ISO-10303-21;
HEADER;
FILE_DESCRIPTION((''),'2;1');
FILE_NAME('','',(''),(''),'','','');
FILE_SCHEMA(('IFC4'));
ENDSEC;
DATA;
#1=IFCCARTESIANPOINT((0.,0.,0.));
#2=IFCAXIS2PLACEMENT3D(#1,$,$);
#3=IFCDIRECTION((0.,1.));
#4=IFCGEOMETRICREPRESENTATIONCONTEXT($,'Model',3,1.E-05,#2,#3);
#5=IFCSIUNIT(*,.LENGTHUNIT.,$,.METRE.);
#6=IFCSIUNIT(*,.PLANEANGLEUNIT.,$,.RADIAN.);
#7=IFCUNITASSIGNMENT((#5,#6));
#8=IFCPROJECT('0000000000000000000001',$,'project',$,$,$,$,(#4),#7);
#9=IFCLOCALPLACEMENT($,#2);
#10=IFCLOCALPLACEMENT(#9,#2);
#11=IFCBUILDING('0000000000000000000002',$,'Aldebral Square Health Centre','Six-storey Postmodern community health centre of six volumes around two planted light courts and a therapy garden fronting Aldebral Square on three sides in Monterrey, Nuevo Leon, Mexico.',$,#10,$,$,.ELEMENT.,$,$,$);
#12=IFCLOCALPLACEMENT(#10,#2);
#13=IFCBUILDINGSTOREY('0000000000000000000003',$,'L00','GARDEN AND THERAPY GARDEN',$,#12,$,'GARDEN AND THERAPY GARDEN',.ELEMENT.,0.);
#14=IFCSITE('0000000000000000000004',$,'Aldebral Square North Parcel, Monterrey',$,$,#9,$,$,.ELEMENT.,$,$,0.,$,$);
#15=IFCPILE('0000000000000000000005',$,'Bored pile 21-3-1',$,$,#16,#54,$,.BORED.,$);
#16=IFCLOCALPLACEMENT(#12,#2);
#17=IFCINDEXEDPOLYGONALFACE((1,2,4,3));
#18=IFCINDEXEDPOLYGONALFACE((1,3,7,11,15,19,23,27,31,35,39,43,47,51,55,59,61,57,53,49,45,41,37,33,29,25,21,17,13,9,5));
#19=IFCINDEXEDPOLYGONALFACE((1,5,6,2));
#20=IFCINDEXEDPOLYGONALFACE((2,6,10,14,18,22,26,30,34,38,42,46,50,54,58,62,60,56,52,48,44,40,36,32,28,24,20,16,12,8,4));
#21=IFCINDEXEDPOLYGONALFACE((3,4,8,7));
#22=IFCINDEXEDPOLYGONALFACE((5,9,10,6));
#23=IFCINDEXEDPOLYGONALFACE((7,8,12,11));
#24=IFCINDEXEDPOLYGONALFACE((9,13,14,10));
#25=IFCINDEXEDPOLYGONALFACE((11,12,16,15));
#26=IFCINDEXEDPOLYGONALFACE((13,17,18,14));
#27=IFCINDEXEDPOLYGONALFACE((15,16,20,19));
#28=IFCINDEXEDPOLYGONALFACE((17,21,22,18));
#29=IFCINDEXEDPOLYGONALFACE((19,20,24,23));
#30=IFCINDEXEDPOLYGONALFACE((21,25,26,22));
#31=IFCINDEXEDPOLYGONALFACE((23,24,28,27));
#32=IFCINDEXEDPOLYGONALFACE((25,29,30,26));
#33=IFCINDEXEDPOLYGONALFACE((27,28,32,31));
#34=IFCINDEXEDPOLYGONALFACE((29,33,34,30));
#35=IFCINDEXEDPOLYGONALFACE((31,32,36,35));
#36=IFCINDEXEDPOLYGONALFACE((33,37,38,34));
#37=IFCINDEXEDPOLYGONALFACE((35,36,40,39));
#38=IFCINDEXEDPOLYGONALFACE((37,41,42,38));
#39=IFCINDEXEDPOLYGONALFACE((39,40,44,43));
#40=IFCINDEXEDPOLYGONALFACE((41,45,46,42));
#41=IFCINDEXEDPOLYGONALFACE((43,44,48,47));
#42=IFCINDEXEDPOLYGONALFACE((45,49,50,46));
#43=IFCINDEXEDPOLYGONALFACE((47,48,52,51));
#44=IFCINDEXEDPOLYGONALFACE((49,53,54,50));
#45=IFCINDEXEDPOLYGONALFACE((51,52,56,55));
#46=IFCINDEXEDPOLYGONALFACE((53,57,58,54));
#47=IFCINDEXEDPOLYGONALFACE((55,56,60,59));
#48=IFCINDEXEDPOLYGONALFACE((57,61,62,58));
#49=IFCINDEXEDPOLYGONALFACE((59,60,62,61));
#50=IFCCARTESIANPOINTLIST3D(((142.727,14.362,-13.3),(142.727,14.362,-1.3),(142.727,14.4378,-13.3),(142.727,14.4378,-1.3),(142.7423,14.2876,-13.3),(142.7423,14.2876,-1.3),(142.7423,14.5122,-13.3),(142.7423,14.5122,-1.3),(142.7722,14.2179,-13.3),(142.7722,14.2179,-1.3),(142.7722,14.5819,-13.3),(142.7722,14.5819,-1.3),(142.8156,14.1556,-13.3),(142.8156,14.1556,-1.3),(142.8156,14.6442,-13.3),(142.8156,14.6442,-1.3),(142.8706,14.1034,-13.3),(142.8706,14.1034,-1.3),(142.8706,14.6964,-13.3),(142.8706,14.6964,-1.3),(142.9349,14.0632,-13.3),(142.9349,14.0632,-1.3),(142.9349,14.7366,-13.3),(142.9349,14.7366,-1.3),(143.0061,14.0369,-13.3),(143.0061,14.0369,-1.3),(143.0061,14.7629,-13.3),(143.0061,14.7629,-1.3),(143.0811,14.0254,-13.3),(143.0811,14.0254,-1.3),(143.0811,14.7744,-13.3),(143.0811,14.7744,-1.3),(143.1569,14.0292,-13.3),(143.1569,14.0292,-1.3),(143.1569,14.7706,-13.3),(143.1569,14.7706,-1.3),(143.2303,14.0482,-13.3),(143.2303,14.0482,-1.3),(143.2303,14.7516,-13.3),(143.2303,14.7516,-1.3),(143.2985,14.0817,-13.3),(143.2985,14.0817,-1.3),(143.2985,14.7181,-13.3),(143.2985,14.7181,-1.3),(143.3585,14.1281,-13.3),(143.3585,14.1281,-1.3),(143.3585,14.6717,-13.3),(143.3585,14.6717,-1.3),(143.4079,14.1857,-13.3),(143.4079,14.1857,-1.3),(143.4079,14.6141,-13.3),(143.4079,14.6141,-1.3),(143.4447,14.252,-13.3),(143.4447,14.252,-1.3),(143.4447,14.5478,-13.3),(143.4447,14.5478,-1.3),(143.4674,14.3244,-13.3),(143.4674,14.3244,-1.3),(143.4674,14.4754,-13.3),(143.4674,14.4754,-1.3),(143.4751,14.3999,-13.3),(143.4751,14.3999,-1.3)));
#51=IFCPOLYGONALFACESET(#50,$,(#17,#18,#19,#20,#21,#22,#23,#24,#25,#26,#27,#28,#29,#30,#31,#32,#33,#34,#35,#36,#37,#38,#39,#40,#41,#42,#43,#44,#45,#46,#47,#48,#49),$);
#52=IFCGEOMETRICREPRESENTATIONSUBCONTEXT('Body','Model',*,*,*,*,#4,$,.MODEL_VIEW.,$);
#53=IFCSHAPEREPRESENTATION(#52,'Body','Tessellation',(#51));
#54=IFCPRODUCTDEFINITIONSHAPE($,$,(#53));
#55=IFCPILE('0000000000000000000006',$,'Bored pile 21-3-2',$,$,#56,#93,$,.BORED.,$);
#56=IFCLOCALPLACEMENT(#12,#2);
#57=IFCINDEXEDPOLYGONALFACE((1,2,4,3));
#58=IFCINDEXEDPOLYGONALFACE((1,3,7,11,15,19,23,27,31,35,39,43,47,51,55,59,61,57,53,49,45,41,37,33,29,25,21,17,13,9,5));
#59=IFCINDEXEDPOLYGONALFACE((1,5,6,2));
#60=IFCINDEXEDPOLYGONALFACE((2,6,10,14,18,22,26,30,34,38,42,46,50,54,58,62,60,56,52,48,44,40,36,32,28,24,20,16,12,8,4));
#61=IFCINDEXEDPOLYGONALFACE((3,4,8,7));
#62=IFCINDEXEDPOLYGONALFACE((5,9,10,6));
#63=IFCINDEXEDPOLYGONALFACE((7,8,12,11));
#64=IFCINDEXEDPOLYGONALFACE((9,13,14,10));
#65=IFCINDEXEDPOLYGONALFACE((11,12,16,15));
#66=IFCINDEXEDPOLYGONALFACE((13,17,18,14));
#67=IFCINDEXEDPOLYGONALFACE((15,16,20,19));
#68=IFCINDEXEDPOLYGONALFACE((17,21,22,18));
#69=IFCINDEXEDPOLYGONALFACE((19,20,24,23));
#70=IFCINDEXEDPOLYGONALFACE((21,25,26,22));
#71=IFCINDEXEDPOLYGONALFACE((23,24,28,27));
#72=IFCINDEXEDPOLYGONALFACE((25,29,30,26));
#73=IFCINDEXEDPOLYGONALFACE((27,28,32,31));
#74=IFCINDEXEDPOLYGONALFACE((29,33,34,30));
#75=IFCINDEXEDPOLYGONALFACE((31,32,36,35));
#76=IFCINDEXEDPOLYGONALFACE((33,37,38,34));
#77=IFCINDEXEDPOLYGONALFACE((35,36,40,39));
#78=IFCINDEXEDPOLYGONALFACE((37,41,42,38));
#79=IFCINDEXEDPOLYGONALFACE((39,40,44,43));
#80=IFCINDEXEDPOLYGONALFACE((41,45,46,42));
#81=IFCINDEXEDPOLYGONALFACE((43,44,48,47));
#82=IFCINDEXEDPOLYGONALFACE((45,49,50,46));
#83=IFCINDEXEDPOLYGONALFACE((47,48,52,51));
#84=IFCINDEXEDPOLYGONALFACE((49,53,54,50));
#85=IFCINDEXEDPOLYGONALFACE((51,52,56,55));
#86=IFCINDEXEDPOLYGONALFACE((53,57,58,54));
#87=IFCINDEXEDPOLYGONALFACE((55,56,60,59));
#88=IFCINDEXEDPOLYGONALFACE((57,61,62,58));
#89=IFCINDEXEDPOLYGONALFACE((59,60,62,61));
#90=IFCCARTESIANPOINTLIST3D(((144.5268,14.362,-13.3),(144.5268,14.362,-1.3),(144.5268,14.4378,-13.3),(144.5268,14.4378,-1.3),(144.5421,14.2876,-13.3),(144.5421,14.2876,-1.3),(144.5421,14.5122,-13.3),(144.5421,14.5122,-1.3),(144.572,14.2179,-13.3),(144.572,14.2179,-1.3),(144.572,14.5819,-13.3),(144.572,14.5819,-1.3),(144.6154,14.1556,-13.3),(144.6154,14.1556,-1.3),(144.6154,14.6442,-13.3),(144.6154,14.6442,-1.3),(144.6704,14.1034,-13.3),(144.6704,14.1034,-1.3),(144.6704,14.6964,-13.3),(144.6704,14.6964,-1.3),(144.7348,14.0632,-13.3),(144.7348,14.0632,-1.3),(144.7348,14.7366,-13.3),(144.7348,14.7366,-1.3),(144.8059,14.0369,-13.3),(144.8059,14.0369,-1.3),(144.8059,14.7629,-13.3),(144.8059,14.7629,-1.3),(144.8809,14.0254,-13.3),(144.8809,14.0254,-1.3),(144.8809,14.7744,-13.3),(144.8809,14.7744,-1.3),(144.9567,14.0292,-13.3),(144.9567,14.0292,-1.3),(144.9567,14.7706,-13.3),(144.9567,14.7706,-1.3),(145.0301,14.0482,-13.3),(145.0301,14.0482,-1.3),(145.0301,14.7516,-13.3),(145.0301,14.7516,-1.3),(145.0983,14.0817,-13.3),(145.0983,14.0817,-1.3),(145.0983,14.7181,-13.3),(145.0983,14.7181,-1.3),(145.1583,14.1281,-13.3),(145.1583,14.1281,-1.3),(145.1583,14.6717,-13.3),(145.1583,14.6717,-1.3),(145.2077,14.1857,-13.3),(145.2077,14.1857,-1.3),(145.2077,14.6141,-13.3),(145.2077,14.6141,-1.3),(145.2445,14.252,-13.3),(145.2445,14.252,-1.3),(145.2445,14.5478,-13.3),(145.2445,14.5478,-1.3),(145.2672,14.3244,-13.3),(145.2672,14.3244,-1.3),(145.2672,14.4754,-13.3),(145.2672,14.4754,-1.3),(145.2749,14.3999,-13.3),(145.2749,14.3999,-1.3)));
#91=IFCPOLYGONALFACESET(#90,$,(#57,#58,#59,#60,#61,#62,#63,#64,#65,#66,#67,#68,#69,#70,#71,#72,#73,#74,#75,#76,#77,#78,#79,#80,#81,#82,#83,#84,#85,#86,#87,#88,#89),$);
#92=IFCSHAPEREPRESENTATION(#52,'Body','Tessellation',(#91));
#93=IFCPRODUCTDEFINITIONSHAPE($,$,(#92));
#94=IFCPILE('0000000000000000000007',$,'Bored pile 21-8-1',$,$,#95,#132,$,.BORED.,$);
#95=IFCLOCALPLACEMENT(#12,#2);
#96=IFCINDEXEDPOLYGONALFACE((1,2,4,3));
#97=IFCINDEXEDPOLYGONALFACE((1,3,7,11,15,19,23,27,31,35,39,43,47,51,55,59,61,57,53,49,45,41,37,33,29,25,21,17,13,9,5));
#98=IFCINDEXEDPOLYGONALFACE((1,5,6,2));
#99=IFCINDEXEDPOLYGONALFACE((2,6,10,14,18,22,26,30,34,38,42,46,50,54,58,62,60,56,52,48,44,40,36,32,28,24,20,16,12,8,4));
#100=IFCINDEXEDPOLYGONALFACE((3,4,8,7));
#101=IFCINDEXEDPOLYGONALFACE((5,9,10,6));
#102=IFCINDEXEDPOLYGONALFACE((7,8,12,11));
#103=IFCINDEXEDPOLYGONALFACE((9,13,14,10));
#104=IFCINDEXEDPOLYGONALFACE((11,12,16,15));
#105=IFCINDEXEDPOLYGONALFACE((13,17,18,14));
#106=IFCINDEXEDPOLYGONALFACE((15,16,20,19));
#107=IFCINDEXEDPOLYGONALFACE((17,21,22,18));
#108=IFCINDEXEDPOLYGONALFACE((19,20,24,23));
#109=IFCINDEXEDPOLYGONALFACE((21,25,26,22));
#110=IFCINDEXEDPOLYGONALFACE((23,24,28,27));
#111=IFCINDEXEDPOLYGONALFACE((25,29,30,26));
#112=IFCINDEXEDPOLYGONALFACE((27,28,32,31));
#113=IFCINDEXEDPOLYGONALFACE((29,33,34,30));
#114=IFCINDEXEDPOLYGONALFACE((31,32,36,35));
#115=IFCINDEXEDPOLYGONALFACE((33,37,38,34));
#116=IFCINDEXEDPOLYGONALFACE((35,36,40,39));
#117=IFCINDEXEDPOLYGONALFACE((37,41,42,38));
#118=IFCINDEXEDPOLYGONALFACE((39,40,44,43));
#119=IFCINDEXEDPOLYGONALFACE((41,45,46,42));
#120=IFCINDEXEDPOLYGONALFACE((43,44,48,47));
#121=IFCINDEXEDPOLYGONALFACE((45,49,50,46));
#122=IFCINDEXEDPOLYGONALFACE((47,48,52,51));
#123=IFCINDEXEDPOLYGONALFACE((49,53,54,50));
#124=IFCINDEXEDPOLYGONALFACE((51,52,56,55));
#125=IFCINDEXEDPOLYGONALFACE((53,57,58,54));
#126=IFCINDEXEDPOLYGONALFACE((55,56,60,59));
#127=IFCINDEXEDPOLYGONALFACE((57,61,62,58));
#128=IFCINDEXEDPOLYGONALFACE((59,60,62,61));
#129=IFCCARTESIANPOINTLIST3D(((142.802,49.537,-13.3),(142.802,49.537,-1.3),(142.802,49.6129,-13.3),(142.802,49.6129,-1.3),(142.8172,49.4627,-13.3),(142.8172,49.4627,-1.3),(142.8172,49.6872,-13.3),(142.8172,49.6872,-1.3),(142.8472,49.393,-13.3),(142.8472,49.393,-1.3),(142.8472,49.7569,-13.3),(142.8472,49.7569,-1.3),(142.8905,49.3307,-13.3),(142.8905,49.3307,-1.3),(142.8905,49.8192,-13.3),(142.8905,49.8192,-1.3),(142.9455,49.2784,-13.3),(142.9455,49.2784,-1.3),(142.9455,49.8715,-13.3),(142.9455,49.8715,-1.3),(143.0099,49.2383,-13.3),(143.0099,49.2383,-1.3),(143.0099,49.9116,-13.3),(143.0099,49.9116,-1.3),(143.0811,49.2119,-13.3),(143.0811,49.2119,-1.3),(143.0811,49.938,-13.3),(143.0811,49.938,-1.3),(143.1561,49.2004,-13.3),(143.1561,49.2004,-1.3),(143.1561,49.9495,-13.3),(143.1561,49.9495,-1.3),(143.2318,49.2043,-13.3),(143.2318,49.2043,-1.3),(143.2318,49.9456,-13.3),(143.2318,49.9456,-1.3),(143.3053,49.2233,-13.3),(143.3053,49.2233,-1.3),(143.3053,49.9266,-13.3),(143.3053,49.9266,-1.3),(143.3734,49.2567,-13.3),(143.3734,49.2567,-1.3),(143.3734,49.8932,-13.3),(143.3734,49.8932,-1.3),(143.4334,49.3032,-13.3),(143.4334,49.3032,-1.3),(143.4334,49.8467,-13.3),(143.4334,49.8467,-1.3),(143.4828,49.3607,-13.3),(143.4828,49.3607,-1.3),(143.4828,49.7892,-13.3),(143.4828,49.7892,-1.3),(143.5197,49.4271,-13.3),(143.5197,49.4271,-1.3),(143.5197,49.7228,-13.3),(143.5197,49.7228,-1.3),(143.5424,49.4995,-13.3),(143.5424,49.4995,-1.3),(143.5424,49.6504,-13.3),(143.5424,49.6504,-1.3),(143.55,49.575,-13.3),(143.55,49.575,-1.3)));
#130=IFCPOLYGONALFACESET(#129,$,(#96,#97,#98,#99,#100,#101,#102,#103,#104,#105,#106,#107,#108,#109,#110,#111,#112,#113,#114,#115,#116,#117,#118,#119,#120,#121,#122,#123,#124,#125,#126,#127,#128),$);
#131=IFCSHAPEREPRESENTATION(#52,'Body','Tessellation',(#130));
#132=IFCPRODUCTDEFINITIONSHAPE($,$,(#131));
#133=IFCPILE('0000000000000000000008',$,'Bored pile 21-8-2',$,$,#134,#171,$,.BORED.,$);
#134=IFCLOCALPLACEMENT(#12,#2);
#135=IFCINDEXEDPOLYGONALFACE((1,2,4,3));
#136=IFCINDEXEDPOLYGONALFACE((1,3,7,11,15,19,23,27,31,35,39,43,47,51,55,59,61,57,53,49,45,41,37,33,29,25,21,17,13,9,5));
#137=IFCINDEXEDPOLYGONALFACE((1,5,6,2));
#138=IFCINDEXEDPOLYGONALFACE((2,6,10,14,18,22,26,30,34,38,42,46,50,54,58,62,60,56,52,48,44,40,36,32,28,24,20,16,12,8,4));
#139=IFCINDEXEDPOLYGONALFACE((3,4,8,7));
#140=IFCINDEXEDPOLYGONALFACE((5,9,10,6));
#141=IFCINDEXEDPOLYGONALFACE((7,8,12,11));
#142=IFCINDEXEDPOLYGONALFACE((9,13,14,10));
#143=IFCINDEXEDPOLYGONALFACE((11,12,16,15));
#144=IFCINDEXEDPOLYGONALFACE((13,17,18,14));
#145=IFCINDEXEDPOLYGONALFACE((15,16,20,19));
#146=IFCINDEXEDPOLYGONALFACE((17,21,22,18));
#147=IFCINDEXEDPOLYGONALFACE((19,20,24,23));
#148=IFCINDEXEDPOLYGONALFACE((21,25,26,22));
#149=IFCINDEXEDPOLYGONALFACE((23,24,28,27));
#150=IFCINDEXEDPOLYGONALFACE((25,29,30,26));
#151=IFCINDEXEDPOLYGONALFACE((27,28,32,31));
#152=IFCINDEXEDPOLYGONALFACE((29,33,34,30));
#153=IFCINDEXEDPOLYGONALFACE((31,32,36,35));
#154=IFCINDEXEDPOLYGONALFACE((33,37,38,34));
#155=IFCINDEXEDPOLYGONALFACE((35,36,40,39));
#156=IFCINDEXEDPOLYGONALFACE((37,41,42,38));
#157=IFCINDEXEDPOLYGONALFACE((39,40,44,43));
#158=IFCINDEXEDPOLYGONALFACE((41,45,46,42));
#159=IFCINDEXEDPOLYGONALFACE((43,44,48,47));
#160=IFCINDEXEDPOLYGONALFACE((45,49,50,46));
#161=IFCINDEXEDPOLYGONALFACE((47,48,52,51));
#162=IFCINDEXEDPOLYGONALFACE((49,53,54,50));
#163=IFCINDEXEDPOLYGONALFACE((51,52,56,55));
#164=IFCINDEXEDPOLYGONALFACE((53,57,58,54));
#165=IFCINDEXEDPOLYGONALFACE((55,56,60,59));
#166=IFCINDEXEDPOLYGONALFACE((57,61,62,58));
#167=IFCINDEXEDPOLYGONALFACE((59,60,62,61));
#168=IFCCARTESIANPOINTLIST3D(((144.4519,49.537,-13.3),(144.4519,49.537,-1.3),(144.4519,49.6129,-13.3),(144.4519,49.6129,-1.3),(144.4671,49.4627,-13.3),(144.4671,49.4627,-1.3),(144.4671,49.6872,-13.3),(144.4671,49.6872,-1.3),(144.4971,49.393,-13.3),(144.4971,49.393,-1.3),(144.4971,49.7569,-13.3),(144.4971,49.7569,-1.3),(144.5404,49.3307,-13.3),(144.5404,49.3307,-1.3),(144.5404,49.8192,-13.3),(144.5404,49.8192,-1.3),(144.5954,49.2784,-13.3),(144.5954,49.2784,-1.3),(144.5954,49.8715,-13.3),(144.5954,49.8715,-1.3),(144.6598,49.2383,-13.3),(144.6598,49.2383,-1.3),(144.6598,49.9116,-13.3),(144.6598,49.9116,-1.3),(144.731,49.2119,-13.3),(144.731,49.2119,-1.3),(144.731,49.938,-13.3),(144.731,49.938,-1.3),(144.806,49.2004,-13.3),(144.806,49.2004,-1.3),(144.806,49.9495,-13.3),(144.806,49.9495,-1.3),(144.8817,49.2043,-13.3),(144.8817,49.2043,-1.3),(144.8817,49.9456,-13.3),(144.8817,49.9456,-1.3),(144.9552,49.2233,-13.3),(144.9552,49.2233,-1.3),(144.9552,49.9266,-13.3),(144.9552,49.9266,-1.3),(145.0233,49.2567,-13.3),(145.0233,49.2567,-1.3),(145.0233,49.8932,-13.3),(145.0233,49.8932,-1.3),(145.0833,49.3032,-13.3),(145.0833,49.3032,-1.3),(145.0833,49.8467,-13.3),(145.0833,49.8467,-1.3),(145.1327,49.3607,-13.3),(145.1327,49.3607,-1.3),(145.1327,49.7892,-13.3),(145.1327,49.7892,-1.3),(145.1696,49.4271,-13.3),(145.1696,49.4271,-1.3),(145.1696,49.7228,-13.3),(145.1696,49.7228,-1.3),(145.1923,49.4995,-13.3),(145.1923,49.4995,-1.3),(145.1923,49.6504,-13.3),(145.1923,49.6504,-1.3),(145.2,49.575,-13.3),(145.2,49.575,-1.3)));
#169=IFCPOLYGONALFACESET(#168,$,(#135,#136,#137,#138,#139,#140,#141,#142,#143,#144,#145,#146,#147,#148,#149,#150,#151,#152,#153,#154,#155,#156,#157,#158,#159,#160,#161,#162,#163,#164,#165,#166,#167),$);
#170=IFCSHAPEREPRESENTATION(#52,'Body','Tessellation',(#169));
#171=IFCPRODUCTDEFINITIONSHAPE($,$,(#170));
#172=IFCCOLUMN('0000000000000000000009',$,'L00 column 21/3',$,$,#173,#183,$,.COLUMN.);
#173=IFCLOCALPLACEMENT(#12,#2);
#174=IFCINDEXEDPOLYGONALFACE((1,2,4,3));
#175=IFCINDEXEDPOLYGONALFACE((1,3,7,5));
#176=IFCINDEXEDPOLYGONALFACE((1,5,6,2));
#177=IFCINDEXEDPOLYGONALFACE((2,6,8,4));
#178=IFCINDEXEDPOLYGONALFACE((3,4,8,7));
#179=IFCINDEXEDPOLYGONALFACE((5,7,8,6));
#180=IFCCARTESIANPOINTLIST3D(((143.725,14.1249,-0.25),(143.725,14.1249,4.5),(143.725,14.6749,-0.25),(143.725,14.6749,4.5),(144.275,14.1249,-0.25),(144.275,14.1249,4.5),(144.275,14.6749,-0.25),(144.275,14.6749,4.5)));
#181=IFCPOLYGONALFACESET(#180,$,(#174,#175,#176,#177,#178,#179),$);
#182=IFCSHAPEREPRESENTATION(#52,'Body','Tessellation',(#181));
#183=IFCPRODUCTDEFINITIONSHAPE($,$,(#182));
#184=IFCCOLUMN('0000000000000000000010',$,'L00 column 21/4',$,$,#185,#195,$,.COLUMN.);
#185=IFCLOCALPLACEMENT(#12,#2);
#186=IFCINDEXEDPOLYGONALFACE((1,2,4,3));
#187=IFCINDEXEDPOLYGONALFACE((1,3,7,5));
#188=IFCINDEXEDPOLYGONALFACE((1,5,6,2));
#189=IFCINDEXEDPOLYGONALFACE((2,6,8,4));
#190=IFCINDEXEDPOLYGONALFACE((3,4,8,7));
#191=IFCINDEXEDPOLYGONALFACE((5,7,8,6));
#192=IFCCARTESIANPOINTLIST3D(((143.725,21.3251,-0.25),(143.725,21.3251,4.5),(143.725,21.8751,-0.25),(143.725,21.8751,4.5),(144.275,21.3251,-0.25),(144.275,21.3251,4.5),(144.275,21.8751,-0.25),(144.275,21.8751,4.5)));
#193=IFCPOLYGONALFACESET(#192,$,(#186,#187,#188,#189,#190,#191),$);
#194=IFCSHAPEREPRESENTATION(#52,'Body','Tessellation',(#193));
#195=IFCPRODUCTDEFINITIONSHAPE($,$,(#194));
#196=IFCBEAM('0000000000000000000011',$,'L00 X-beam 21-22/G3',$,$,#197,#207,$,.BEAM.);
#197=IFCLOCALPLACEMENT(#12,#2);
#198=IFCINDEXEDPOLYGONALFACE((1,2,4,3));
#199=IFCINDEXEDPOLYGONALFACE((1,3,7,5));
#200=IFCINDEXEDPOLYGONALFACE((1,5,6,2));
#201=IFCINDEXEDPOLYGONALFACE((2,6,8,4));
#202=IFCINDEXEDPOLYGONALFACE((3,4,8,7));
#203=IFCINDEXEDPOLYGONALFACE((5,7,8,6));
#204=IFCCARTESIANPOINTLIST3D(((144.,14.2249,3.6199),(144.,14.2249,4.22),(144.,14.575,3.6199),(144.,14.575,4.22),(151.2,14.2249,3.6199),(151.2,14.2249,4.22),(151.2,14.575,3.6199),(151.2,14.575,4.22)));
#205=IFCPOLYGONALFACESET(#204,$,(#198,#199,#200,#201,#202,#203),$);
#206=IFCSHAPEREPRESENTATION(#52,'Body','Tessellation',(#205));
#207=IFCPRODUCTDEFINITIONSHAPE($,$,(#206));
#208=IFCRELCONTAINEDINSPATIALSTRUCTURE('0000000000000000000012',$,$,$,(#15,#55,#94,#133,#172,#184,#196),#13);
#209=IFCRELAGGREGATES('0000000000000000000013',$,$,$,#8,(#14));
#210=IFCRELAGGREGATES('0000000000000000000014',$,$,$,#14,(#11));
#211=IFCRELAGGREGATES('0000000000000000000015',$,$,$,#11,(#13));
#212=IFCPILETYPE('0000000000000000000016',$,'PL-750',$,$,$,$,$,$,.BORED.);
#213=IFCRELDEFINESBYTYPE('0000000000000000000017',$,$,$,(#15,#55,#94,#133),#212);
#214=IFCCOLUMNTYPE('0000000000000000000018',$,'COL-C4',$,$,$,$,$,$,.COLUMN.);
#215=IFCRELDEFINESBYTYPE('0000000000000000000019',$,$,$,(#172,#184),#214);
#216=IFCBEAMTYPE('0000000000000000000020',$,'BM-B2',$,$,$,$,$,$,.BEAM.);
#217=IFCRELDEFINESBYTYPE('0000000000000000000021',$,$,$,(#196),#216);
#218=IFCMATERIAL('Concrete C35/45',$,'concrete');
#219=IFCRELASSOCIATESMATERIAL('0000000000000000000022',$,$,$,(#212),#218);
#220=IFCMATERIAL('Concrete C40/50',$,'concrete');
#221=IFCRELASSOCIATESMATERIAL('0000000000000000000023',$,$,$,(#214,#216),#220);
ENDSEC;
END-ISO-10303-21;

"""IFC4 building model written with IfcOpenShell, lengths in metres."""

from ifc_helpers import new_model, si_unit, direction, frame, origin, origin_2d, place, context, subcontext, project, spatial, rectangle, circle, extrude, material, material_profile, profile_set, type_object, element, save


model = new_model("IFC4")

# Units and contexts
model_context = context("Model", 3, precision=1e-05, world=origin(), true_north=direction((0.0, 1.0)))
body_context = subcontext(model_context, "Body", "Model", "MODEL_VIEW")
ifc_project = project(units=[si_unit("LENGTHUNIT", "METRE"), si_unit("PLANEANGLEUNIT", "RADIAN")], contexts=[model_context])

# Site, building, storey
site_placement = place(None, origin())
site = spatial("IfcSite", under=ifc_project, at=site_placement, Name="Aldebral Square North Parcel, Monterrey", CompositionType="ELEMENT", RefElevation=0.0)
building_placement = place(site_placement, origin())
building = spatial("IfcBuilding", under=site, at=building_placement, Name="Aldebral Square Health Centre", Description="Six-storey Postmodern community health centre of six volumes around two planted light courts and a therapy garden fronting Aldebral Square on three sides in Monterrey, Nuevo Leon, Mexico.", CompositionType="ELEMENT")
storey_placement = place(building_placement, origin())
storey = spatial("IfcBuildingStorey", under=building, at=storey_placement, Name="L00", Description="GARDEN AND THERAPY GARDEN", LongName="GARDEN AND THERAPY GARDEN", CompositionType="ELEMENT", Elevation=0.0)

# Shared definitions
ifc_material_1 = material(Name="Concrete C35/45", Category="concrete")

# Piles
ifc_material_profile_1 = material_profile(ifc_material_1, circle(Radius=0.375, at=origin_2d()), Name="PILE D750")
ifc_profile_set_1 = profile_set([ifc_material_profile_1], Name="Concrete C35/45")
pile_type_1 = type_object("IfcPileType", Name="PL-750", PredefinedType="BORED", material=ifc_profile_set_1)
for number, where, z_axis, x_axis, name in (
    (1, (143.1001, 14.3999, -1.3), (0.0, 0.0, -1.0), (1.0, 0.0, 0.0), "Bored pile 21-3-1"),
    (2, (144.8999, 14.3999, -1.3), (0.0, 0.0, -1.0), (1.0, 0.0, 0.0), "Bored pile 21-3-2"),
    (3, (143.175, 49.575, -1.3), (0.0, 0.0, -1.0), (1.0, 0.0, 0.0), "Bored pile 21-8-1"),
    (4, (144.825, 49.575, -1.3), (0.0, 0.0, -1.0), (1.0, 0.0, 0.0), "Bored pile 21-8-2"),
):
    element("IfcPile", number, at=place(storey_placement, frame(where, z_axis=z_axis, x_axis=x_axis)), inside=storey, type_object=pile_type_1, Name=name, PredefinedType="BORED", context=body_context, shape_type="SweptSolid", body=[
        extrude(circle(Radius=0.375, at=origin_2d()), origin(), (0.0, 0.0, 1.0), 12.0),
    ])

# Columns
ifc_material_2 = material(Name="Concrete C40/50", Category="concrete")
ifc_material_profile_2 = material_profile(ifc_material_2, rectangle(XDim=0.55, YDim=0.55, at=origin_2d()), Name="RC 550x550")
ifc_profile_set_2 = profile_set([ifc_material_profile_2], Name="Concrete C40/50")
column_type = type_object("IfcColumnType", Name="COL-C4", PredefinedType="COLUMN", material=ifc_profile_set_2)
for number, where, z_axis, x_axis, name in (
    (5, (144.0, 14.3999, -0.25), (0.0, 0.0, 1.0), (1.0, 0.0, 0.0), "L00 column 21/3"),
    (6, (144.0, 21.6001, -0.25), (0.0, 0.0, 1.0), (1.0, 0.0, 0.0), "L00 column 21/4"),
):
    element("IfcColumn", number, at=place(storey_placement, frame(where, z_axis=z_axis, x_axis=x_axis)), inside=storey, type_object=column_type, Name=name, PredefinedType="COLUMN", context=body_context, shape_type="SweptSolid", body=[
        extrude(rectangle(XDim=0.55, YDim=0.55, at=origin_2d()), origin(), (0.0, 0.0, 1.0), 4.75),
    ])

# Beam
ifc_material_profile_3 = material_profile(ifc_material_2, rectangle(XDim=0.3501, YDim=0.6001, at=origin_2d()), Name="RC 350x600")
ifc_profile_set_3 = profile_set([ifc_material_profile_3], Name="Concrete C40/50")
beam_type_1 = type_object("IfcBeamType", Name="BM-B2", PredefinedType="BEAM", material=ifc_profile_set_3)
beam_1_placement = place(storey_placement, frame((144.0, 14.3999, 3.9199), z_axis=(1.0, 0.0, 0.0), x_axis=(0.0, 1.0, 0.0)))
element("IfcBeam", 7, at=beam_1_placement, inside=storey, type_object=beam_type_1, Name="L00 X-beam 21-22/G3", PredefinedType="BEAM", context=body_context, shape_type="SweptSolid", body=[
    extrude(rectangle(XDim=0.3501, YDim=0.6001, at=origin_2d()), origin(), (0.0, 0.0, 1.0), 7.2),
])

save(model, "model.ifc")
